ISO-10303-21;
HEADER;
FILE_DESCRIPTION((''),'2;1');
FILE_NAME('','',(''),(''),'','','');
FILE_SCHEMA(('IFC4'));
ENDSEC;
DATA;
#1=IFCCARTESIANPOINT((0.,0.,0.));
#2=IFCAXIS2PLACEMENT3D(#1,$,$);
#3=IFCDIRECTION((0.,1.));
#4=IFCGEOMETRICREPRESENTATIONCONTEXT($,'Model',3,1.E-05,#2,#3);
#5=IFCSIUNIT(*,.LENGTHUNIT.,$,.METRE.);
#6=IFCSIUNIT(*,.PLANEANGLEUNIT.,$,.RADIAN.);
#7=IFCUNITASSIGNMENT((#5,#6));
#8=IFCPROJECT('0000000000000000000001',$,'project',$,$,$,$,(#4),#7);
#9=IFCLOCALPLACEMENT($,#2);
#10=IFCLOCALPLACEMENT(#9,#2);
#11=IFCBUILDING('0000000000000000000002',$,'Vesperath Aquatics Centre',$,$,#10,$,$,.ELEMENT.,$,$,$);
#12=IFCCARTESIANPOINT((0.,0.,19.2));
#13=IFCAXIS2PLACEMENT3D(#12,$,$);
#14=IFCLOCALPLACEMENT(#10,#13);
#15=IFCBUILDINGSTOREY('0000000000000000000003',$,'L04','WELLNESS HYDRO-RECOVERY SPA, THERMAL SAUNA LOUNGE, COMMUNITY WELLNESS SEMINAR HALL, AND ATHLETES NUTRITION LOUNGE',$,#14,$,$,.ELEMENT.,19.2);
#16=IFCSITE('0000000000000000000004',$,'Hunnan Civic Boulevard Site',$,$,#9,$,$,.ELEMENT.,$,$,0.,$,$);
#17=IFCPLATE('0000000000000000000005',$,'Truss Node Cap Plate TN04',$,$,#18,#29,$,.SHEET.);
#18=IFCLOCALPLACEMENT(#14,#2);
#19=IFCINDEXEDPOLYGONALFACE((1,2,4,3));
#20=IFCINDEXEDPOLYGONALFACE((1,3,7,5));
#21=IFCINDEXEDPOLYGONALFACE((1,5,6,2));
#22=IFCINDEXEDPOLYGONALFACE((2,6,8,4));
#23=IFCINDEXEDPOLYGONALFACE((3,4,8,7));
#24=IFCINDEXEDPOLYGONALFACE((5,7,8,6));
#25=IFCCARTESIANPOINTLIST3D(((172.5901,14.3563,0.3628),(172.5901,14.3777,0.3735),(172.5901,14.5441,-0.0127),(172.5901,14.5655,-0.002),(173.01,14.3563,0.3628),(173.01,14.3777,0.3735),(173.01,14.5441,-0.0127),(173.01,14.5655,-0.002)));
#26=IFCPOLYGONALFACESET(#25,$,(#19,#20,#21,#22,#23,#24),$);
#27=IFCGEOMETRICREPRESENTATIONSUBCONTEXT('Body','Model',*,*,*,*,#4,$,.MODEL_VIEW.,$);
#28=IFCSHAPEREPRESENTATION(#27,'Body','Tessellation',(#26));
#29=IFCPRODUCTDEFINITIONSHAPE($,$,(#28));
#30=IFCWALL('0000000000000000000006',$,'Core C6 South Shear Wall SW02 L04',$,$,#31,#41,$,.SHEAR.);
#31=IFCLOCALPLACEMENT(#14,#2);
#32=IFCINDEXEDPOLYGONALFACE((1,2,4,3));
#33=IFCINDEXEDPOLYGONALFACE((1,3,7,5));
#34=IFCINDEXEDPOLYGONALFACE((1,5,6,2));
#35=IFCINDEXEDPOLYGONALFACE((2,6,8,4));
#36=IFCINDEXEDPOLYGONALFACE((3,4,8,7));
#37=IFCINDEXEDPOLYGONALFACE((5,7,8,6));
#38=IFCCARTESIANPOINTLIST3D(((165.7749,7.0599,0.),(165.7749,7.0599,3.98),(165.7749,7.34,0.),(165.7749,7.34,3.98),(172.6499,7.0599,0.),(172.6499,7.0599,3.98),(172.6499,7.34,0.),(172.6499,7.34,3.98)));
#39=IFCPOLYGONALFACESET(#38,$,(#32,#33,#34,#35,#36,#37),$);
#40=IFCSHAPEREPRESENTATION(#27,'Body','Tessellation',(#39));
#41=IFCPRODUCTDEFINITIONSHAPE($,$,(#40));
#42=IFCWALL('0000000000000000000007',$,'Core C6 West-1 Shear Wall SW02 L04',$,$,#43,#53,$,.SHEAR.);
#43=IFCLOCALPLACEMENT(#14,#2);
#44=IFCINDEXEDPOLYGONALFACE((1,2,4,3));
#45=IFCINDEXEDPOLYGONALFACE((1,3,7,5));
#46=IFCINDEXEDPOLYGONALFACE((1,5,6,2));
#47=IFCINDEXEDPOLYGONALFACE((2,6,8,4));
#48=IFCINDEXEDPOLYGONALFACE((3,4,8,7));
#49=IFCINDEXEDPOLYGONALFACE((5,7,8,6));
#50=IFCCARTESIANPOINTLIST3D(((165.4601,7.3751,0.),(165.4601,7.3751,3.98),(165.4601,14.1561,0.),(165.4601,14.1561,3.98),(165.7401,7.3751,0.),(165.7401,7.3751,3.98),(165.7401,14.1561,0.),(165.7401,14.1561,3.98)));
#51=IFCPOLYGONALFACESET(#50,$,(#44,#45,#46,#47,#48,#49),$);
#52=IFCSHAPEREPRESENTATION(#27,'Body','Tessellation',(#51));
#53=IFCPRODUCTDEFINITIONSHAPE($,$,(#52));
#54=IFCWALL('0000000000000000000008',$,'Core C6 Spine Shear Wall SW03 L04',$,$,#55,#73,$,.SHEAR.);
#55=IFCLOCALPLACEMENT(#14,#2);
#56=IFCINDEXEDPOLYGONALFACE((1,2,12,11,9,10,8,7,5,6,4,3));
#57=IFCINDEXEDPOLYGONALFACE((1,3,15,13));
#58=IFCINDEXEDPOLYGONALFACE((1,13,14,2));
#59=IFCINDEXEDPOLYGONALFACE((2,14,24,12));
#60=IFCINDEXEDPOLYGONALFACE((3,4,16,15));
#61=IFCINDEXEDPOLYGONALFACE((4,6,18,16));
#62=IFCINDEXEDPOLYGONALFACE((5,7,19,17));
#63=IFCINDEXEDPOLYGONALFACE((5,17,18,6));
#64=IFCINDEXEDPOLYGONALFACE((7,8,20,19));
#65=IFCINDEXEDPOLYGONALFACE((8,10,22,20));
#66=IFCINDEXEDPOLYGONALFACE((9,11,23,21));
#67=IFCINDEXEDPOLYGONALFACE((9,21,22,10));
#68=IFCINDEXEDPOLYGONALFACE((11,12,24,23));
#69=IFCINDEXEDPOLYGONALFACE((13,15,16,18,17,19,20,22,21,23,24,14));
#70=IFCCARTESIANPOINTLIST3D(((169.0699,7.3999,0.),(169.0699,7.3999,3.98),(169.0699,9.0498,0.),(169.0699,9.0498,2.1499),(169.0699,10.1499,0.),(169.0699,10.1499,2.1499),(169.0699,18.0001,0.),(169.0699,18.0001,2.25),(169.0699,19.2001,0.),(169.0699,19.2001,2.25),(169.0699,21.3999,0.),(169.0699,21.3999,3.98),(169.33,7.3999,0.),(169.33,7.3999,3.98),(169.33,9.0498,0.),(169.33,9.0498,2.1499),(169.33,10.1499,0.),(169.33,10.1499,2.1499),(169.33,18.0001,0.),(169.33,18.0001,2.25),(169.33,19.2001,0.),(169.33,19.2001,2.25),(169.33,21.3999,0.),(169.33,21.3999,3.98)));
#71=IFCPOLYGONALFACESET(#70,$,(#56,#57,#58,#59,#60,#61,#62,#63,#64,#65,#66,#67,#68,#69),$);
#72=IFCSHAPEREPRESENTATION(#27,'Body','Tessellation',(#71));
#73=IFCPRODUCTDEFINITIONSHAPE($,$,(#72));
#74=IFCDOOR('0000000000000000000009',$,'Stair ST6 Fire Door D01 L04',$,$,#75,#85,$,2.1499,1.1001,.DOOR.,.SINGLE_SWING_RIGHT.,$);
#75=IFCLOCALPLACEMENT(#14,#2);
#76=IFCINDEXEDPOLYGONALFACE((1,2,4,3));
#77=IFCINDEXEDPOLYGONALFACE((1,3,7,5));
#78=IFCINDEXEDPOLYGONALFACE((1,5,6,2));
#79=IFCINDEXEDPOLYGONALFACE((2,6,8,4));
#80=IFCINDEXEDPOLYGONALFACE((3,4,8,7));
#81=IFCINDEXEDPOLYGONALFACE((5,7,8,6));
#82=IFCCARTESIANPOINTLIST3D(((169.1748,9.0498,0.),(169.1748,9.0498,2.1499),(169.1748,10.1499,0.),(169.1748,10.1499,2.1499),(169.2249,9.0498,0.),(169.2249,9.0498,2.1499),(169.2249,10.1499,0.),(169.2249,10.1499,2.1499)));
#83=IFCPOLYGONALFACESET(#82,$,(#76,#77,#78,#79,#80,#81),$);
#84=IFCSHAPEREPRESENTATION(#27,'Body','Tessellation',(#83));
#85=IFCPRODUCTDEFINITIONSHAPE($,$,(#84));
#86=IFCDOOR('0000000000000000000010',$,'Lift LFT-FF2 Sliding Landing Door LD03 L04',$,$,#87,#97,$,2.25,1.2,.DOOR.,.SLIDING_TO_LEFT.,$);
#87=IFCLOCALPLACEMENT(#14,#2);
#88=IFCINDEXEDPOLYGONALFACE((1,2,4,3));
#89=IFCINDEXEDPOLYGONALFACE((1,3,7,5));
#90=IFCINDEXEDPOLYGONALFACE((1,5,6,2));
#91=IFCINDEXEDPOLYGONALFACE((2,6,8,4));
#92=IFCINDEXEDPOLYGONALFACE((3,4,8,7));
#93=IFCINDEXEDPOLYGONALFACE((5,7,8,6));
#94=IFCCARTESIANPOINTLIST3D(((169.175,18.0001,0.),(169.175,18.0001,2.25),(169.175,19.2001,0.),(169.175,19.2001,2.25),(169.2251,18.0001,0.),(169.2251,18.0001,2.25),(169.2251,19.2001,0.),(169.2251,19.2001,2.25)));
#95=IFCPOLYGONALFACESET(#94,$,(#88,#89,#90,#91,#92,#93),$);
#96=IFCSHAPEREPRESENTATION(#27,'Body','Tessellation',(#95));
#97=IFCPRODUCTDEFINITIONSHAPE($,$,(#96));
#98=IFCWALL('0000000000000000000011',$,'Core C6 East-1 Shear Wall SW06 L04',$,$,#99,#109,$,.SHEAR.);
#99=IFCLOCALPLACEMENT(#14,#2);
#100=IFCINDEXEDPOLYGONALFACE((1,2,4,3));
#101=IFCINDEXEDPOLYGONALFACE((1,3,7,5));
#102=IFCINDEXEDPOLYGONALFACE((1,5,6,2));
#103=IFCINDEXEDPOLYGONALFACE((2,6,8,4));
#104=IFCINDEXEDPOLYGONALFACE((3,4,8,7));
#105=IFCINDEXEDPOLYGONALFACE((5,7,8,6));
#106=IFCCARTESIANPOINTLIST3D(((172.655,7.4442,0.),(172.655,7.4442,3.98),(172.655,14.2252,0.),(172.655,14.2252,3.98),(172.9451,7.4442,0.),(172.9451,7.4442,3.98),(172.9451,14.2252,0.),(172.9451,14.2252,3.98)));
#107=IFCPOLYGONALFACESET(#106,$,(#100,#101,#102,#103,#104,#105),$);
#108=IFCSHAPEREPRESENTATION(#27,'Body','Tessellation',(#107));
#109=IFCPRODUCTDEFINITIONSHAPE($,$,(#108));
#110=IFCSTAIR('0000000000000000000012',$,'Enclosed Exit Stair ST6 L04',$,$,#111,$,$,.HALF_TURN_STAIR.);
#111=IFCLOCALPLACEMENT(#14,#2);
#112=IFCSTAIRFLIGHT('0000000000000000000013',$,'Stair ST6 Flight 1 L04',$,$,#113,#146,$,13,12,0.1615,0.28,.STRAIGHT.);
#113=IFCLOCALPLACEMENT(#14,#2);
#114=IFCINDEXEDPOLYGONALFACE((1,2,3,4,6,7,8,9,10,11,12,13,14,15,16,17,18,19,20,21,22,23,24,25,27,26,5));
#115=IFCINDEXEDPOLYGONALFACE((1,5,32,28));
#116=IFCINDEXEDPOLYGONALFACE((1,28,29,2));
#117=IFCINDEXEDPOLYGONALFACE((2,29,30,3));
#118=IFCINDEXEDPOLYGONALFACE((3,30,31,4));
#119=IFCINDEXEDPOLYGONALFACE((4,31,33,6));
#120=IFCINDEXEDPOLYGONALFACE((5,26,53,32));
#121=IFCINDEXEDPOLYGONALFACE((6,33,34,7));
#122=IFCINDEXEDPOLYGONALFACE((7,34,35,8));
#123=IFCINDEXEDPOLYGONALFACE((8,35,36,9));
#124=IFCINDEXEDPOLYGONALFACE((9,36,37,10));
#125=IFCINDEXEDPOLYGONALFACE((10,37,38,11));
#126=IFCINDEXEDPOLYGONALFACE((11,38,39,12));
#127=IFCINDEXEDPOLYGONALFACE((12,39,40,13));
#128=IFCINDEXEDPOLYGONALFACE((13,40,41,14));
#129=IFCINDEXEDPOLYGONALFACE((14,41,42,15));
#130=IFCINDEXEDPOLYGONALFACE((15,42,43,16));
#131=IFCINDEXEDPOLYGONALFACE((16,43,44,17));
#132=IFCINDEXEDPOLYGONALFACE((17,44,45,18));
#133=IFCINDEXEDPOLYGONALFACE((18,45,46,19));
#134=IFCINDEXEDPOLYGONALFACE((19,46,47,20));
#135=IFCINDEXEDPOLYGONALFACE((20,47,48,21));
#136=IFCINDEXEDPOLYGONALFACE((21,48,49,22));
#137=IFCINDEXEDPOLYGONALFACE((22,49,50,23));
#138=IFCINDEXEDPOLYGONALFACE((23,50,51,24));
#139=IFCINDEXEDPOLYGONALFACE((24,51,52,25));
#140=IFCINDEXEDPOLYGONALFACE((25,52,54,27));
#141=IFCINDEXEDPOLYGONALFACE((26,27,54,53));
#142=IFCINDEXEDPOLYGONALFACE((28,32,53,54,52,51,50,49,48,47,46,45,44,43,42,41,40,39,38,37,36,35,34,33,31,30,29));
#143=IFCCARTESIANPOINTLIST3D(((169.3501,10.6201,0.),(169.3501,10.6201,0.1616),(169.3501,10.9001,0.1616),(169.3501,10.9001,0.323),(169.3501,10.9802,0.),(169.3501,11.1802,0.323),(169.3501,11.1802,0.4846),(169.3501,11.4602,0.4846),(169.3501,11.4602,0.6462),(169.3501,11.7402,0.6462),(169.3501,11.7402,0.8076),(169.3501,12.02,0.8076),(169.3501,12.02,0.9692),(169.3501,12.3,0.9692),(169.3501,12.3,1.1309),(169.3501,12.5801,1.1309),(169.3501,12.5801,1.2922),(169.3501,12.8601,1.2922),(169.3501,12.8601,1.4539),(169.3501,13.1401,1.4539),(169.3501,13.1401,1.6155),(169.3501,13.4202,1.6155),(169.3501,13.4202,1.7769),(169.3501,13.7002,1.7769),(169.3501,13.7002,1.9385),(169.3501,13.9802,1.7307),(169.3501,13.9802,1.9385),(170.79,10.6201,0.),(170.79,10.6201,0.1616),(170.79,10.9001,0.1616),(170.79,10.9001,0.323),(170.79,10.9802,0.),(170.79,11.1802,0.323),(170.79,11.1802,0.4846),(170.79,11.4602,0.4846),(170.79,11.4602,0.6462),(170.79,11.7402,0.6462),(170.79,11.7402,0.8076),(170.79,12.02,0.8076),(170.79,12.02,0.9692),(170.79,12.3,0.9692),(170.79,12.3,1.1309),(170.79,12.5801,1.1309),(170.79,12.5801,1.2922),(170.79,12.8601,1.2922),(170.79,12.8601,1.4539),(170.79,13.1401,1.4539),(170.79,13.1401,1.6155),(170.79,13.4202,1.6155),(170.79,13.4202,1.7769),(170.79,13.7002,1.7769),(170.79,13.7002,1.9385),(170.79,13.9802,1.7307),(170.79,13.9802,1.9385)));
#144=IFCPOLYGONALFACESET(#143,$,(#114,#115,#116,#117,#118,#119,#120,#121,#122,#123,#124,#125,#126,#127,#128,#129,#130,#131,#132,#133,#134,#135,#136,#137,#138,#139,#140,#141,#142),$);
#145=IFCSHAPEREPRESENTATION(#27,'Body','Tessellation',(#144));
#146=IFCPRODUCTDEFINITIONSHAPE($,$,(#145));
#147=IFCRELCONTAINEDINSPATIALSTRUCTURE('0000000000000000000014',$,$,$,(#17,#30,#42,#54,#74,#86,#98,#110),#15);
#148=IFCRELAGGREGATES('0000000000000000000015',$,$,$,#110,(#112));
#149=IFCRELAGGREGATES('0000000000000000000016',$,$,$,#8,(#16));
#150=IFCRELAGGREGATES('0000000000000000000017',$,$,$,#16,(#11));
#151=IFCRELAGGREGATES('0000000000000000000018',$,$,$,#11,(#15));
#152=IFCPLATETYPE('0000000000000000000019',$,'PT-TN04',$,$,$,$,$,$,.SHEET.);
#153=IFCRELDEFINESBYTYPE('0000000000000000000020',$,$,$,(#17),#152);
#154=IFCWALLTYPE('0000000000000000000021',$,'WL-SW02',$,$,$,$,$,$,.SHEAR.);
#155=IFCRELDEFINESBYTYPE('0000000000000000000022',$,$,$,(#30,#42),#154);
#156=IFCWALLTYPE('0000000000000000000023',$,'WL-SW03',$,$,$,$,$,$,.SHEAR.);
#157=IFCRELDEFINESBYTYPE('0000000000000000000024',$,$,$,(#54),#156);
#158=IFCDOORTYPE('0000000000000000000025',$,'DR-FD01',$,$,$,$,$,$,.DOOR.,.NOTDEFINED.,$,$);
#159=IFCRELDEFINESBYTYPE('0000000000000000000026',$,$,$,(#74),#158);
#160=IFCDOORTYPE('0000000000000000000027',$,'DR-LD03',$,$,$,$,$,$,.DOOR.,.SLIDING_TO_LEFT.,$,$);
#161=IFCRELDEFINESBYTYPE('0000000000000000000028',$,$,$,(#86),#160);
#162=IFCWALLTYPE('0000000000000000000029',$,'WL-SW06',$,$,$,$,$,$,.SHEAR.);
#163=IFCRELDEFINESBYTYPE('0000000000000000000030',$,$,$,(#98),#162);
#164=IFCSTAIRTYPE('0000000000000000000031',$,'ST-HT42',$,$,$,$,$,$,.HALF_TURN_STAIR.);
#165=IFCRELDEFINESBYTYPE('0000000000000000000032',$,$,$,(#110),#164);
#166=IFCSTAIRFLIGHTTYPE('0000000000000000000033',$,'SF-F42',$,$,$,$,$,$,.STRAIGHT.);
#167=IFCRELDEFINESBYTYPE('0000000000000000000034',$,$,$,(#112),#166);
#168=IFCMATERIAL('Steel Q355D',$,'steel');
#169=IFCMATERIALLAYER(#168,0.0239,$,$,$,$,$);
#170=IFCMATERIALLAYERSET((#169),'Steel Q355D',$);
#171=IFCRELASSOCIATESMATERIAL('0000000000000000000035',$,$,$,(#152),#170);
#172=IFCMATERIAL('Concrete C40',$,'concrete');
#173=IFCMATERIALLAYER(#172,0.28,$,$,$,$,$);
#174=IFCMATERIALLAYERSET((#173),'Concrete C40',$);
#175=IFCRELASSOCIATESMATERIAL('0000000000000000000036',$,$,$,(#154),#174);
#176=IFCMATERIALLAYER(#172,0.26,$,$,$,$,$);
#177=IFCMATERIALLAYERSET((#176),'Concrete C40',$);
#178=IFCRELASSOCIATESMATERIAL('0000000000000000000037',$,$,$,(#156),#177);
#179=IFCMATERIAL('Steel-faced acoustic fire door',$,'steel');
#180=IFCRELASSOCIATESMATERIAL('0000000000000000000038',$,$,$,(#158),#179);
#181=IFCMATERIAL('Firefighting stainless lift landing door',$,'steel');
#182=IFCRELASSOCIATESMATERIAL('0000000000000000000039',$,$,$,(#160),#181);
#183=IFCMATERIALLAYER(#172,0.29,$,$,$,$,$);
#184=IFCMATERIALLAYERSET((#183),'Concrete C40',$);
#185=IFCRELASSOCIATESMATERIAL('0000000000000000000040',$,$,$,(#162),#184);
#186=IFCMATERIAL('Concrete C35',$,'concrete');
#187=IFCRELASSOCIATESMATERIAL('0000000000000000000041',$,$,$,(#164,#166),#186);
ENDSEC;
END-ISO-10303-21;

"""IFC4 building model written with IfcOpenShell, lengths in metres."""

from ifc_helpers import new_model, si_unit, direction, frame, frame_2d, origin, origin_2d, place, context, subcontext, project, spatial, polyline, rectangle, outline, extrude, material, layer, layer_set, type_object, element, fill, aggregate, save


model = new_model("IFC4")

# Units and contexts
model_context = context("Model", 3, precision=1e-05, world=origin(), true_north=direction((0.0, 1.0)))
body_context = subcontext(model_context, "Body", "Model", "MODEL_VIEW")
ifc_project = project(units=[si_unit("LENGTHUNIT", "METRE"), si_unit("PLANEANGLEUNIT", "RADIAN")], contexts=[model_context])

# Site, building, storey
site_placement = place(None, origin())
site = spatial("IfcSite", under=ifc_project, at=site_placement, Name="Hunnan Civic Boulevard Site", CompositionType="ELEMENT", RefElevation=0.0)
building_placement = place(site_placement, origin())
building = spatial("IfcBuilding", under=site, at=building_placement, Name="Vesperath Aquatics Centre", CompositionType="ELEMENT")
storey_placement = place(building_placement, frame((0.0, 0.0, 19.2)))
storey = spatial("IfcBuildingStorey", under=building, at=storey_placement, Name="L04", Description="WELLNESS HYDRO-RECOVERY SPA, THERMAL SAUNA LOUNGE, COMMUNITY WELLNESS SEMINAR HALL, AND ATHLETES NUTRITION LOUNGE", CompositionType="ELEMENT", Elevation=19.2)

# Shared definitions
ifc_material_1 = material(Name="Steel Q355D", Category="steel")

# Shared definitions
ifc_material_2 = material(Name="Concrete C35", Category="concrete")

# Plate
ifc_layer_1 = layer(ifc_material_1, 0.0239)
ifc_layer_set_1 = layer_set([ifc_layer_1], Name="Steel Q355D")
plate_type = type_object("IfcPlateType", Name="PT-TN04", PredefinedType="SHEET", material=ifc_layer_set_1)
plate_placement = place(storey_placement, frame((172.8, 14.4502, 0.175), z_axis=(0.0, 0.894427, 0.447214), x_axis=(-1.0, 0.0, 0.0)))
element("IfcPlate", 1, at=plate_placement, inside=storey, type_object=plate_type, Name="Truss Node Cap Plate TN04", PredefinedType="SHEET", context=body_context, shape_type="SweptSolid", body=[
    extrude(rectangle(XDim=0.4199, YDim=0.4199, at=origin_2d()), origin(), (0.0, 0.0, 1.0), 0.0239),
])

# Walls
ifc_material_3 = material(Name="Concrete C40", Category="concrete")
ifc_layer_2 = layer(ifc_material_3, 0.28)
ifc_layer_set_2 = layer_set([ifc_layer_2], Name="Concrete C40")
wall_type_1 = type_object("IfcWallType", Name="WL-SW02", PredefinedType="SHEAR", material=ifc_layer_set_2)
wall_1_placement = place(storey_placement, frame((165.7749, 7.2, 0.0), z_axis=(0.0, 0.0, 1.0), x_axis=(1.0, 0.0, 0.0)))
element("IfcWall", 2, at=wall_1_placement, inside=storey, type_object=wall_type_1, Name="Core C6 South Shear Wall SW02 L04", PredefinedType="SHEAR", context=body_context, shape_type="SweptSolid", body=[
    extrude(rectangle(XDim=6.875, YDim=0.28, at=frame_2d((3.4375, 0.0))), origin(), (0.0, 0.0, 1.0), 3.98),
])
wall_2_placement = place(storey_placement, frame((165.6001, 7.375, 0.0), z_axis=(0.0, 0.0, 1.0), x_axis=(0.0, 1.0, 0.0)))
element("IfcWall", 3, at=wall_2_placement, inside=storey, type_object=wall_type_1, Name="Core C6 West-1 Shear Wall SW02 L04", PredefinedType="SHEAR", context=body_context, shape_type="SweptSolid", body=[
    extrude(rectangle(XDim=6.781, YDim=0.28, at=frame_2d((3.3906, 0.0))), origin(), (0.0, 0.0, 1.0), 3.98),
])

# Wall, openings, doors
ifc_layer_3 = layer(ifc_material_3, 0.26)
ifc_layer_set_3 = layer_set([ifc_layer_3], Name="Concrete C40")
wall_type_2 = type_object("IfcWallType", Name="WL-SW03", PredefinedType="SHEAR", material=ifc_layer_set_3)
wall_3_placement = place(storey_placement, frame((169.2, 7.3999, 0.0), z_axis=(0.0, 0.0, 1.0), x_axis=(0.0, 1.0, 0.0)))
wall_3 = element("IfcWall", 4, at=wall_3_placement, inside=storey, type_object=wall_type_2, Name="Core C6 Spine Shear Wall SW03 L04", PredefinedType="SHEAR", context=body_context, shape_type="SweptSolid", body=[
    extrude(rectangle(XDim=14.0, YDim=0.26, at=frame_2d((7.0, 0.0))), origin(), (0.0, 0.0, 1.0), 3.98),
])
opening_1_placement = place(wall_3_placement, frame((1.6499, 0.0, 0.0)))
opening_1 = element("IfcOpeningElement", 5, at=opening_1_placement, cuts=wall_3, PredefinedType="OPENING", context=body_context, shape_type="SweptSolid", body=[
    extrude(rectangle(XDim=1.1001, YDim=2.1499, at=frame_2d((0.55, 1.075))), frame((0.0, 0.145, 0.0), z_axis=(0.0, -1.0, 0.0), x_axis=(1.0, 0.0, 0.0)), (0.0, 0.0, 1.0), 0.2898),
])
opening_2_placement = place(wall_3_placement, frame((10.6001, 0.0, 0.0)))
opening_2 = element("IfcOpeningElement", 6, at=opening_2_placement, cuts=wall_3, PredefinedType="OPENING", context=body_context, shape_type="SweptSolid", body=[
    extrude(rectangle(XDim=1.2, YDim=2.25, at=frame_2d((0.6001, 1.125))), frame((0.0, 0.145, 0.0), z_axis=(0.0, -1.0, 0.0), x_axis=(1.0, 0.0, 0.0)), (0.0, 0.0, 1.0), 0.2898),
])
ifc_material_4 = material(Name="Steel-faced acoustic fire door", Category="steel")
door_type_1 = type_object("IfcDoorType", Name="DR-FD01", OperationType="NOTDEFINED", PredefinedType="DOOR", material=ifc_material_4)
door_1_placement = place(opening_1_placement, frame((1.1001, 0.0, 0.0), z_axis=(0.0, 0.0, 1.0), x_axis=(-1.0, 0.0, 0.0)))
door_1 = element("IfcDoor", 7, at=door_1_placement, inside=storey, type_object=door_type_1, Name="Stair ST6 Fire Door D01 L04", OperationType="SINGLE_SWING_RIGHT", OverallHeight=2.1499, OverallWidth=1.1001, PredefinedType="DOOR", context=body_context, shape_type="SweptSolid", body=[
    extrude(rectangle(XDim=1.1001, YDim=2.1499, at=frame_2d((0.55, 1.075))), frame((0.0, 0.0249, 0.0), z_axis=(0.0, -1.0, 0.0), x_axis=(1.0, 0.0, 0.0)), (0.0, 0.0, 1.0), 0.05),
])
fill(opening_1, door_1)
ifc_material_5 = material(Name="Firefighting stainless lift landing door", Category="steel")
door_type_2 = type_object("IfcDoorType", Name="DR-LD03", OperationType="SLIDING_TO_LEFT", PredefinedType="DOOR", material=ifc_material_5)
door_2_placement = place(opening_2_placement, origin())
door_2 = element("IfcDoor", 8, at=door_2_placement, inside=storey, type_object=door_type_2, Name="Lift LFT-FF2 Sliding Landing Door LD03 L04", OperationType="SLIDING_TO_LEFT", OverallHeight=2.25, OverallWidth=1.2, PredefinedType="DOOR", context=body_context, shape_type="SweptSolid", body=[
    extrude(rectangle(XDim=1.2, YDim=2.25, at=frame_2d((0.6001, 1.125))), frame((0.0, 0.0249, 0.0), z_axis=(0.0, -1.0, 0.0), x_axis=(1.0, 0.0, 0.0)), (0.0, 0.0, 1.0), 0.05),
])
fill(opening_2, door_2)

# Wall
ifc_layer_4 = layer(ifc_material_3, 0.29)
ifc_layer_set_4 = layer_set([ifc_layer_4], Name="Concrete C40")
wall_type_3 = type_object("IfcWallType", Name="WL-SW06", PredefinedType="SHEAR", material=ifc_layer_set_4)
wall_4_placement = place(storey_placement, frame((172.8, 7.4441, 0.0), z_axis=(0.0, 0.0, 1.0), x_axis=(0.0, 1.0, 0.0)))
element("IfcWall", 9, at=wall_4_placement, inside=storey, type_object=wall_type_3, Name="Core C6 East-1 Shear Wall SW06 L04", PredefinedType="SHEAR", context=body_context, shape_type="SweptSolid", body=[
    extrude(rectangle(XDim=6.781, YDim=0.29, at=frame_2d((3.3906, 0.0))), origin(), (0.0, 0.0, 1.0), 3.98),
])

# Stair, stair flight
stair_type = type_object("IfcStairType", Name="ST-HT42", PredefinedType="HALF_TURN_STAIR", material=ifc_material_2)
stair_placement = place(storey_placement, origin())
stair = element("IfcStair", 10, at=stair_placement, inside=storey, type_object=stair_type, Name="Enclosed Exit Stair ST6 L04", PredefinedType="HALF_TURN_STAIR")
stair_flight_type = type_object("IfcStairFlightType", Name="SF-F42", PredefinedType="STRAIGHT", material=ifc_material_2)
stair_flight_1_placement = place(storey_placement, frame((170.0701, 10.6201, 0.0), z_axis=(0.0, 0.0, 1.0), x_axis=(0.0, 1.0, 0.0)))
stair_flight_1 = element("IfcStairFlight", 11, at=stair_flight_1_placement, type_object=stair_flight_type, Name="Stair ST6 Flight 1 L04", NumberOfRisers=13, NumberOfTreads=12, PredefinedType="STRAIGHT", RiserHeight=0.1615, TreadLength=0.28, context=body_context, shape_type="SweptSolid", body=[
    extrude(outline(polyline([(0.0, 0.0), (0.0, 0.1616), (0.28, 0.1616), (0.28, 0.323), (0.5601, 0.323), (0.5601, 0.4846), (0.8401, 0.4846), (0.8401, 0.6462), (1.1201, 0.6462), (1.1201, 0.8076), (1.3999, 0.8076), (1.3999, 0.9692), (1.6799, 0.9692), (1.6799, 1.1309), (1.96, 1.1309), (1.96, 1.2922), (2.24, 1.2922), (2.24, 1.4539), (2.52, 1.4539), (2.52, 1.6155), (2.8, 1.6155), (2.8, 1.7769), (3.0801, 1.7769), (3.0801, 1.9385), (3.3601, 1.9385), (3.3601, 2.1001), (3.3601, 1.7307), (0.3601, 0.0), (0.0, 0.0)])), frame((0.0, 0.72, 0.0), z_axis=(0.0, -1.0, 0.0), x_axis=(1.0, 0.0, 0.0)), (0.0, 0.0, 1.0), 1.4399),
])
aggregate(stair, [stair_flight_1])

save(model, "model.ifc")
